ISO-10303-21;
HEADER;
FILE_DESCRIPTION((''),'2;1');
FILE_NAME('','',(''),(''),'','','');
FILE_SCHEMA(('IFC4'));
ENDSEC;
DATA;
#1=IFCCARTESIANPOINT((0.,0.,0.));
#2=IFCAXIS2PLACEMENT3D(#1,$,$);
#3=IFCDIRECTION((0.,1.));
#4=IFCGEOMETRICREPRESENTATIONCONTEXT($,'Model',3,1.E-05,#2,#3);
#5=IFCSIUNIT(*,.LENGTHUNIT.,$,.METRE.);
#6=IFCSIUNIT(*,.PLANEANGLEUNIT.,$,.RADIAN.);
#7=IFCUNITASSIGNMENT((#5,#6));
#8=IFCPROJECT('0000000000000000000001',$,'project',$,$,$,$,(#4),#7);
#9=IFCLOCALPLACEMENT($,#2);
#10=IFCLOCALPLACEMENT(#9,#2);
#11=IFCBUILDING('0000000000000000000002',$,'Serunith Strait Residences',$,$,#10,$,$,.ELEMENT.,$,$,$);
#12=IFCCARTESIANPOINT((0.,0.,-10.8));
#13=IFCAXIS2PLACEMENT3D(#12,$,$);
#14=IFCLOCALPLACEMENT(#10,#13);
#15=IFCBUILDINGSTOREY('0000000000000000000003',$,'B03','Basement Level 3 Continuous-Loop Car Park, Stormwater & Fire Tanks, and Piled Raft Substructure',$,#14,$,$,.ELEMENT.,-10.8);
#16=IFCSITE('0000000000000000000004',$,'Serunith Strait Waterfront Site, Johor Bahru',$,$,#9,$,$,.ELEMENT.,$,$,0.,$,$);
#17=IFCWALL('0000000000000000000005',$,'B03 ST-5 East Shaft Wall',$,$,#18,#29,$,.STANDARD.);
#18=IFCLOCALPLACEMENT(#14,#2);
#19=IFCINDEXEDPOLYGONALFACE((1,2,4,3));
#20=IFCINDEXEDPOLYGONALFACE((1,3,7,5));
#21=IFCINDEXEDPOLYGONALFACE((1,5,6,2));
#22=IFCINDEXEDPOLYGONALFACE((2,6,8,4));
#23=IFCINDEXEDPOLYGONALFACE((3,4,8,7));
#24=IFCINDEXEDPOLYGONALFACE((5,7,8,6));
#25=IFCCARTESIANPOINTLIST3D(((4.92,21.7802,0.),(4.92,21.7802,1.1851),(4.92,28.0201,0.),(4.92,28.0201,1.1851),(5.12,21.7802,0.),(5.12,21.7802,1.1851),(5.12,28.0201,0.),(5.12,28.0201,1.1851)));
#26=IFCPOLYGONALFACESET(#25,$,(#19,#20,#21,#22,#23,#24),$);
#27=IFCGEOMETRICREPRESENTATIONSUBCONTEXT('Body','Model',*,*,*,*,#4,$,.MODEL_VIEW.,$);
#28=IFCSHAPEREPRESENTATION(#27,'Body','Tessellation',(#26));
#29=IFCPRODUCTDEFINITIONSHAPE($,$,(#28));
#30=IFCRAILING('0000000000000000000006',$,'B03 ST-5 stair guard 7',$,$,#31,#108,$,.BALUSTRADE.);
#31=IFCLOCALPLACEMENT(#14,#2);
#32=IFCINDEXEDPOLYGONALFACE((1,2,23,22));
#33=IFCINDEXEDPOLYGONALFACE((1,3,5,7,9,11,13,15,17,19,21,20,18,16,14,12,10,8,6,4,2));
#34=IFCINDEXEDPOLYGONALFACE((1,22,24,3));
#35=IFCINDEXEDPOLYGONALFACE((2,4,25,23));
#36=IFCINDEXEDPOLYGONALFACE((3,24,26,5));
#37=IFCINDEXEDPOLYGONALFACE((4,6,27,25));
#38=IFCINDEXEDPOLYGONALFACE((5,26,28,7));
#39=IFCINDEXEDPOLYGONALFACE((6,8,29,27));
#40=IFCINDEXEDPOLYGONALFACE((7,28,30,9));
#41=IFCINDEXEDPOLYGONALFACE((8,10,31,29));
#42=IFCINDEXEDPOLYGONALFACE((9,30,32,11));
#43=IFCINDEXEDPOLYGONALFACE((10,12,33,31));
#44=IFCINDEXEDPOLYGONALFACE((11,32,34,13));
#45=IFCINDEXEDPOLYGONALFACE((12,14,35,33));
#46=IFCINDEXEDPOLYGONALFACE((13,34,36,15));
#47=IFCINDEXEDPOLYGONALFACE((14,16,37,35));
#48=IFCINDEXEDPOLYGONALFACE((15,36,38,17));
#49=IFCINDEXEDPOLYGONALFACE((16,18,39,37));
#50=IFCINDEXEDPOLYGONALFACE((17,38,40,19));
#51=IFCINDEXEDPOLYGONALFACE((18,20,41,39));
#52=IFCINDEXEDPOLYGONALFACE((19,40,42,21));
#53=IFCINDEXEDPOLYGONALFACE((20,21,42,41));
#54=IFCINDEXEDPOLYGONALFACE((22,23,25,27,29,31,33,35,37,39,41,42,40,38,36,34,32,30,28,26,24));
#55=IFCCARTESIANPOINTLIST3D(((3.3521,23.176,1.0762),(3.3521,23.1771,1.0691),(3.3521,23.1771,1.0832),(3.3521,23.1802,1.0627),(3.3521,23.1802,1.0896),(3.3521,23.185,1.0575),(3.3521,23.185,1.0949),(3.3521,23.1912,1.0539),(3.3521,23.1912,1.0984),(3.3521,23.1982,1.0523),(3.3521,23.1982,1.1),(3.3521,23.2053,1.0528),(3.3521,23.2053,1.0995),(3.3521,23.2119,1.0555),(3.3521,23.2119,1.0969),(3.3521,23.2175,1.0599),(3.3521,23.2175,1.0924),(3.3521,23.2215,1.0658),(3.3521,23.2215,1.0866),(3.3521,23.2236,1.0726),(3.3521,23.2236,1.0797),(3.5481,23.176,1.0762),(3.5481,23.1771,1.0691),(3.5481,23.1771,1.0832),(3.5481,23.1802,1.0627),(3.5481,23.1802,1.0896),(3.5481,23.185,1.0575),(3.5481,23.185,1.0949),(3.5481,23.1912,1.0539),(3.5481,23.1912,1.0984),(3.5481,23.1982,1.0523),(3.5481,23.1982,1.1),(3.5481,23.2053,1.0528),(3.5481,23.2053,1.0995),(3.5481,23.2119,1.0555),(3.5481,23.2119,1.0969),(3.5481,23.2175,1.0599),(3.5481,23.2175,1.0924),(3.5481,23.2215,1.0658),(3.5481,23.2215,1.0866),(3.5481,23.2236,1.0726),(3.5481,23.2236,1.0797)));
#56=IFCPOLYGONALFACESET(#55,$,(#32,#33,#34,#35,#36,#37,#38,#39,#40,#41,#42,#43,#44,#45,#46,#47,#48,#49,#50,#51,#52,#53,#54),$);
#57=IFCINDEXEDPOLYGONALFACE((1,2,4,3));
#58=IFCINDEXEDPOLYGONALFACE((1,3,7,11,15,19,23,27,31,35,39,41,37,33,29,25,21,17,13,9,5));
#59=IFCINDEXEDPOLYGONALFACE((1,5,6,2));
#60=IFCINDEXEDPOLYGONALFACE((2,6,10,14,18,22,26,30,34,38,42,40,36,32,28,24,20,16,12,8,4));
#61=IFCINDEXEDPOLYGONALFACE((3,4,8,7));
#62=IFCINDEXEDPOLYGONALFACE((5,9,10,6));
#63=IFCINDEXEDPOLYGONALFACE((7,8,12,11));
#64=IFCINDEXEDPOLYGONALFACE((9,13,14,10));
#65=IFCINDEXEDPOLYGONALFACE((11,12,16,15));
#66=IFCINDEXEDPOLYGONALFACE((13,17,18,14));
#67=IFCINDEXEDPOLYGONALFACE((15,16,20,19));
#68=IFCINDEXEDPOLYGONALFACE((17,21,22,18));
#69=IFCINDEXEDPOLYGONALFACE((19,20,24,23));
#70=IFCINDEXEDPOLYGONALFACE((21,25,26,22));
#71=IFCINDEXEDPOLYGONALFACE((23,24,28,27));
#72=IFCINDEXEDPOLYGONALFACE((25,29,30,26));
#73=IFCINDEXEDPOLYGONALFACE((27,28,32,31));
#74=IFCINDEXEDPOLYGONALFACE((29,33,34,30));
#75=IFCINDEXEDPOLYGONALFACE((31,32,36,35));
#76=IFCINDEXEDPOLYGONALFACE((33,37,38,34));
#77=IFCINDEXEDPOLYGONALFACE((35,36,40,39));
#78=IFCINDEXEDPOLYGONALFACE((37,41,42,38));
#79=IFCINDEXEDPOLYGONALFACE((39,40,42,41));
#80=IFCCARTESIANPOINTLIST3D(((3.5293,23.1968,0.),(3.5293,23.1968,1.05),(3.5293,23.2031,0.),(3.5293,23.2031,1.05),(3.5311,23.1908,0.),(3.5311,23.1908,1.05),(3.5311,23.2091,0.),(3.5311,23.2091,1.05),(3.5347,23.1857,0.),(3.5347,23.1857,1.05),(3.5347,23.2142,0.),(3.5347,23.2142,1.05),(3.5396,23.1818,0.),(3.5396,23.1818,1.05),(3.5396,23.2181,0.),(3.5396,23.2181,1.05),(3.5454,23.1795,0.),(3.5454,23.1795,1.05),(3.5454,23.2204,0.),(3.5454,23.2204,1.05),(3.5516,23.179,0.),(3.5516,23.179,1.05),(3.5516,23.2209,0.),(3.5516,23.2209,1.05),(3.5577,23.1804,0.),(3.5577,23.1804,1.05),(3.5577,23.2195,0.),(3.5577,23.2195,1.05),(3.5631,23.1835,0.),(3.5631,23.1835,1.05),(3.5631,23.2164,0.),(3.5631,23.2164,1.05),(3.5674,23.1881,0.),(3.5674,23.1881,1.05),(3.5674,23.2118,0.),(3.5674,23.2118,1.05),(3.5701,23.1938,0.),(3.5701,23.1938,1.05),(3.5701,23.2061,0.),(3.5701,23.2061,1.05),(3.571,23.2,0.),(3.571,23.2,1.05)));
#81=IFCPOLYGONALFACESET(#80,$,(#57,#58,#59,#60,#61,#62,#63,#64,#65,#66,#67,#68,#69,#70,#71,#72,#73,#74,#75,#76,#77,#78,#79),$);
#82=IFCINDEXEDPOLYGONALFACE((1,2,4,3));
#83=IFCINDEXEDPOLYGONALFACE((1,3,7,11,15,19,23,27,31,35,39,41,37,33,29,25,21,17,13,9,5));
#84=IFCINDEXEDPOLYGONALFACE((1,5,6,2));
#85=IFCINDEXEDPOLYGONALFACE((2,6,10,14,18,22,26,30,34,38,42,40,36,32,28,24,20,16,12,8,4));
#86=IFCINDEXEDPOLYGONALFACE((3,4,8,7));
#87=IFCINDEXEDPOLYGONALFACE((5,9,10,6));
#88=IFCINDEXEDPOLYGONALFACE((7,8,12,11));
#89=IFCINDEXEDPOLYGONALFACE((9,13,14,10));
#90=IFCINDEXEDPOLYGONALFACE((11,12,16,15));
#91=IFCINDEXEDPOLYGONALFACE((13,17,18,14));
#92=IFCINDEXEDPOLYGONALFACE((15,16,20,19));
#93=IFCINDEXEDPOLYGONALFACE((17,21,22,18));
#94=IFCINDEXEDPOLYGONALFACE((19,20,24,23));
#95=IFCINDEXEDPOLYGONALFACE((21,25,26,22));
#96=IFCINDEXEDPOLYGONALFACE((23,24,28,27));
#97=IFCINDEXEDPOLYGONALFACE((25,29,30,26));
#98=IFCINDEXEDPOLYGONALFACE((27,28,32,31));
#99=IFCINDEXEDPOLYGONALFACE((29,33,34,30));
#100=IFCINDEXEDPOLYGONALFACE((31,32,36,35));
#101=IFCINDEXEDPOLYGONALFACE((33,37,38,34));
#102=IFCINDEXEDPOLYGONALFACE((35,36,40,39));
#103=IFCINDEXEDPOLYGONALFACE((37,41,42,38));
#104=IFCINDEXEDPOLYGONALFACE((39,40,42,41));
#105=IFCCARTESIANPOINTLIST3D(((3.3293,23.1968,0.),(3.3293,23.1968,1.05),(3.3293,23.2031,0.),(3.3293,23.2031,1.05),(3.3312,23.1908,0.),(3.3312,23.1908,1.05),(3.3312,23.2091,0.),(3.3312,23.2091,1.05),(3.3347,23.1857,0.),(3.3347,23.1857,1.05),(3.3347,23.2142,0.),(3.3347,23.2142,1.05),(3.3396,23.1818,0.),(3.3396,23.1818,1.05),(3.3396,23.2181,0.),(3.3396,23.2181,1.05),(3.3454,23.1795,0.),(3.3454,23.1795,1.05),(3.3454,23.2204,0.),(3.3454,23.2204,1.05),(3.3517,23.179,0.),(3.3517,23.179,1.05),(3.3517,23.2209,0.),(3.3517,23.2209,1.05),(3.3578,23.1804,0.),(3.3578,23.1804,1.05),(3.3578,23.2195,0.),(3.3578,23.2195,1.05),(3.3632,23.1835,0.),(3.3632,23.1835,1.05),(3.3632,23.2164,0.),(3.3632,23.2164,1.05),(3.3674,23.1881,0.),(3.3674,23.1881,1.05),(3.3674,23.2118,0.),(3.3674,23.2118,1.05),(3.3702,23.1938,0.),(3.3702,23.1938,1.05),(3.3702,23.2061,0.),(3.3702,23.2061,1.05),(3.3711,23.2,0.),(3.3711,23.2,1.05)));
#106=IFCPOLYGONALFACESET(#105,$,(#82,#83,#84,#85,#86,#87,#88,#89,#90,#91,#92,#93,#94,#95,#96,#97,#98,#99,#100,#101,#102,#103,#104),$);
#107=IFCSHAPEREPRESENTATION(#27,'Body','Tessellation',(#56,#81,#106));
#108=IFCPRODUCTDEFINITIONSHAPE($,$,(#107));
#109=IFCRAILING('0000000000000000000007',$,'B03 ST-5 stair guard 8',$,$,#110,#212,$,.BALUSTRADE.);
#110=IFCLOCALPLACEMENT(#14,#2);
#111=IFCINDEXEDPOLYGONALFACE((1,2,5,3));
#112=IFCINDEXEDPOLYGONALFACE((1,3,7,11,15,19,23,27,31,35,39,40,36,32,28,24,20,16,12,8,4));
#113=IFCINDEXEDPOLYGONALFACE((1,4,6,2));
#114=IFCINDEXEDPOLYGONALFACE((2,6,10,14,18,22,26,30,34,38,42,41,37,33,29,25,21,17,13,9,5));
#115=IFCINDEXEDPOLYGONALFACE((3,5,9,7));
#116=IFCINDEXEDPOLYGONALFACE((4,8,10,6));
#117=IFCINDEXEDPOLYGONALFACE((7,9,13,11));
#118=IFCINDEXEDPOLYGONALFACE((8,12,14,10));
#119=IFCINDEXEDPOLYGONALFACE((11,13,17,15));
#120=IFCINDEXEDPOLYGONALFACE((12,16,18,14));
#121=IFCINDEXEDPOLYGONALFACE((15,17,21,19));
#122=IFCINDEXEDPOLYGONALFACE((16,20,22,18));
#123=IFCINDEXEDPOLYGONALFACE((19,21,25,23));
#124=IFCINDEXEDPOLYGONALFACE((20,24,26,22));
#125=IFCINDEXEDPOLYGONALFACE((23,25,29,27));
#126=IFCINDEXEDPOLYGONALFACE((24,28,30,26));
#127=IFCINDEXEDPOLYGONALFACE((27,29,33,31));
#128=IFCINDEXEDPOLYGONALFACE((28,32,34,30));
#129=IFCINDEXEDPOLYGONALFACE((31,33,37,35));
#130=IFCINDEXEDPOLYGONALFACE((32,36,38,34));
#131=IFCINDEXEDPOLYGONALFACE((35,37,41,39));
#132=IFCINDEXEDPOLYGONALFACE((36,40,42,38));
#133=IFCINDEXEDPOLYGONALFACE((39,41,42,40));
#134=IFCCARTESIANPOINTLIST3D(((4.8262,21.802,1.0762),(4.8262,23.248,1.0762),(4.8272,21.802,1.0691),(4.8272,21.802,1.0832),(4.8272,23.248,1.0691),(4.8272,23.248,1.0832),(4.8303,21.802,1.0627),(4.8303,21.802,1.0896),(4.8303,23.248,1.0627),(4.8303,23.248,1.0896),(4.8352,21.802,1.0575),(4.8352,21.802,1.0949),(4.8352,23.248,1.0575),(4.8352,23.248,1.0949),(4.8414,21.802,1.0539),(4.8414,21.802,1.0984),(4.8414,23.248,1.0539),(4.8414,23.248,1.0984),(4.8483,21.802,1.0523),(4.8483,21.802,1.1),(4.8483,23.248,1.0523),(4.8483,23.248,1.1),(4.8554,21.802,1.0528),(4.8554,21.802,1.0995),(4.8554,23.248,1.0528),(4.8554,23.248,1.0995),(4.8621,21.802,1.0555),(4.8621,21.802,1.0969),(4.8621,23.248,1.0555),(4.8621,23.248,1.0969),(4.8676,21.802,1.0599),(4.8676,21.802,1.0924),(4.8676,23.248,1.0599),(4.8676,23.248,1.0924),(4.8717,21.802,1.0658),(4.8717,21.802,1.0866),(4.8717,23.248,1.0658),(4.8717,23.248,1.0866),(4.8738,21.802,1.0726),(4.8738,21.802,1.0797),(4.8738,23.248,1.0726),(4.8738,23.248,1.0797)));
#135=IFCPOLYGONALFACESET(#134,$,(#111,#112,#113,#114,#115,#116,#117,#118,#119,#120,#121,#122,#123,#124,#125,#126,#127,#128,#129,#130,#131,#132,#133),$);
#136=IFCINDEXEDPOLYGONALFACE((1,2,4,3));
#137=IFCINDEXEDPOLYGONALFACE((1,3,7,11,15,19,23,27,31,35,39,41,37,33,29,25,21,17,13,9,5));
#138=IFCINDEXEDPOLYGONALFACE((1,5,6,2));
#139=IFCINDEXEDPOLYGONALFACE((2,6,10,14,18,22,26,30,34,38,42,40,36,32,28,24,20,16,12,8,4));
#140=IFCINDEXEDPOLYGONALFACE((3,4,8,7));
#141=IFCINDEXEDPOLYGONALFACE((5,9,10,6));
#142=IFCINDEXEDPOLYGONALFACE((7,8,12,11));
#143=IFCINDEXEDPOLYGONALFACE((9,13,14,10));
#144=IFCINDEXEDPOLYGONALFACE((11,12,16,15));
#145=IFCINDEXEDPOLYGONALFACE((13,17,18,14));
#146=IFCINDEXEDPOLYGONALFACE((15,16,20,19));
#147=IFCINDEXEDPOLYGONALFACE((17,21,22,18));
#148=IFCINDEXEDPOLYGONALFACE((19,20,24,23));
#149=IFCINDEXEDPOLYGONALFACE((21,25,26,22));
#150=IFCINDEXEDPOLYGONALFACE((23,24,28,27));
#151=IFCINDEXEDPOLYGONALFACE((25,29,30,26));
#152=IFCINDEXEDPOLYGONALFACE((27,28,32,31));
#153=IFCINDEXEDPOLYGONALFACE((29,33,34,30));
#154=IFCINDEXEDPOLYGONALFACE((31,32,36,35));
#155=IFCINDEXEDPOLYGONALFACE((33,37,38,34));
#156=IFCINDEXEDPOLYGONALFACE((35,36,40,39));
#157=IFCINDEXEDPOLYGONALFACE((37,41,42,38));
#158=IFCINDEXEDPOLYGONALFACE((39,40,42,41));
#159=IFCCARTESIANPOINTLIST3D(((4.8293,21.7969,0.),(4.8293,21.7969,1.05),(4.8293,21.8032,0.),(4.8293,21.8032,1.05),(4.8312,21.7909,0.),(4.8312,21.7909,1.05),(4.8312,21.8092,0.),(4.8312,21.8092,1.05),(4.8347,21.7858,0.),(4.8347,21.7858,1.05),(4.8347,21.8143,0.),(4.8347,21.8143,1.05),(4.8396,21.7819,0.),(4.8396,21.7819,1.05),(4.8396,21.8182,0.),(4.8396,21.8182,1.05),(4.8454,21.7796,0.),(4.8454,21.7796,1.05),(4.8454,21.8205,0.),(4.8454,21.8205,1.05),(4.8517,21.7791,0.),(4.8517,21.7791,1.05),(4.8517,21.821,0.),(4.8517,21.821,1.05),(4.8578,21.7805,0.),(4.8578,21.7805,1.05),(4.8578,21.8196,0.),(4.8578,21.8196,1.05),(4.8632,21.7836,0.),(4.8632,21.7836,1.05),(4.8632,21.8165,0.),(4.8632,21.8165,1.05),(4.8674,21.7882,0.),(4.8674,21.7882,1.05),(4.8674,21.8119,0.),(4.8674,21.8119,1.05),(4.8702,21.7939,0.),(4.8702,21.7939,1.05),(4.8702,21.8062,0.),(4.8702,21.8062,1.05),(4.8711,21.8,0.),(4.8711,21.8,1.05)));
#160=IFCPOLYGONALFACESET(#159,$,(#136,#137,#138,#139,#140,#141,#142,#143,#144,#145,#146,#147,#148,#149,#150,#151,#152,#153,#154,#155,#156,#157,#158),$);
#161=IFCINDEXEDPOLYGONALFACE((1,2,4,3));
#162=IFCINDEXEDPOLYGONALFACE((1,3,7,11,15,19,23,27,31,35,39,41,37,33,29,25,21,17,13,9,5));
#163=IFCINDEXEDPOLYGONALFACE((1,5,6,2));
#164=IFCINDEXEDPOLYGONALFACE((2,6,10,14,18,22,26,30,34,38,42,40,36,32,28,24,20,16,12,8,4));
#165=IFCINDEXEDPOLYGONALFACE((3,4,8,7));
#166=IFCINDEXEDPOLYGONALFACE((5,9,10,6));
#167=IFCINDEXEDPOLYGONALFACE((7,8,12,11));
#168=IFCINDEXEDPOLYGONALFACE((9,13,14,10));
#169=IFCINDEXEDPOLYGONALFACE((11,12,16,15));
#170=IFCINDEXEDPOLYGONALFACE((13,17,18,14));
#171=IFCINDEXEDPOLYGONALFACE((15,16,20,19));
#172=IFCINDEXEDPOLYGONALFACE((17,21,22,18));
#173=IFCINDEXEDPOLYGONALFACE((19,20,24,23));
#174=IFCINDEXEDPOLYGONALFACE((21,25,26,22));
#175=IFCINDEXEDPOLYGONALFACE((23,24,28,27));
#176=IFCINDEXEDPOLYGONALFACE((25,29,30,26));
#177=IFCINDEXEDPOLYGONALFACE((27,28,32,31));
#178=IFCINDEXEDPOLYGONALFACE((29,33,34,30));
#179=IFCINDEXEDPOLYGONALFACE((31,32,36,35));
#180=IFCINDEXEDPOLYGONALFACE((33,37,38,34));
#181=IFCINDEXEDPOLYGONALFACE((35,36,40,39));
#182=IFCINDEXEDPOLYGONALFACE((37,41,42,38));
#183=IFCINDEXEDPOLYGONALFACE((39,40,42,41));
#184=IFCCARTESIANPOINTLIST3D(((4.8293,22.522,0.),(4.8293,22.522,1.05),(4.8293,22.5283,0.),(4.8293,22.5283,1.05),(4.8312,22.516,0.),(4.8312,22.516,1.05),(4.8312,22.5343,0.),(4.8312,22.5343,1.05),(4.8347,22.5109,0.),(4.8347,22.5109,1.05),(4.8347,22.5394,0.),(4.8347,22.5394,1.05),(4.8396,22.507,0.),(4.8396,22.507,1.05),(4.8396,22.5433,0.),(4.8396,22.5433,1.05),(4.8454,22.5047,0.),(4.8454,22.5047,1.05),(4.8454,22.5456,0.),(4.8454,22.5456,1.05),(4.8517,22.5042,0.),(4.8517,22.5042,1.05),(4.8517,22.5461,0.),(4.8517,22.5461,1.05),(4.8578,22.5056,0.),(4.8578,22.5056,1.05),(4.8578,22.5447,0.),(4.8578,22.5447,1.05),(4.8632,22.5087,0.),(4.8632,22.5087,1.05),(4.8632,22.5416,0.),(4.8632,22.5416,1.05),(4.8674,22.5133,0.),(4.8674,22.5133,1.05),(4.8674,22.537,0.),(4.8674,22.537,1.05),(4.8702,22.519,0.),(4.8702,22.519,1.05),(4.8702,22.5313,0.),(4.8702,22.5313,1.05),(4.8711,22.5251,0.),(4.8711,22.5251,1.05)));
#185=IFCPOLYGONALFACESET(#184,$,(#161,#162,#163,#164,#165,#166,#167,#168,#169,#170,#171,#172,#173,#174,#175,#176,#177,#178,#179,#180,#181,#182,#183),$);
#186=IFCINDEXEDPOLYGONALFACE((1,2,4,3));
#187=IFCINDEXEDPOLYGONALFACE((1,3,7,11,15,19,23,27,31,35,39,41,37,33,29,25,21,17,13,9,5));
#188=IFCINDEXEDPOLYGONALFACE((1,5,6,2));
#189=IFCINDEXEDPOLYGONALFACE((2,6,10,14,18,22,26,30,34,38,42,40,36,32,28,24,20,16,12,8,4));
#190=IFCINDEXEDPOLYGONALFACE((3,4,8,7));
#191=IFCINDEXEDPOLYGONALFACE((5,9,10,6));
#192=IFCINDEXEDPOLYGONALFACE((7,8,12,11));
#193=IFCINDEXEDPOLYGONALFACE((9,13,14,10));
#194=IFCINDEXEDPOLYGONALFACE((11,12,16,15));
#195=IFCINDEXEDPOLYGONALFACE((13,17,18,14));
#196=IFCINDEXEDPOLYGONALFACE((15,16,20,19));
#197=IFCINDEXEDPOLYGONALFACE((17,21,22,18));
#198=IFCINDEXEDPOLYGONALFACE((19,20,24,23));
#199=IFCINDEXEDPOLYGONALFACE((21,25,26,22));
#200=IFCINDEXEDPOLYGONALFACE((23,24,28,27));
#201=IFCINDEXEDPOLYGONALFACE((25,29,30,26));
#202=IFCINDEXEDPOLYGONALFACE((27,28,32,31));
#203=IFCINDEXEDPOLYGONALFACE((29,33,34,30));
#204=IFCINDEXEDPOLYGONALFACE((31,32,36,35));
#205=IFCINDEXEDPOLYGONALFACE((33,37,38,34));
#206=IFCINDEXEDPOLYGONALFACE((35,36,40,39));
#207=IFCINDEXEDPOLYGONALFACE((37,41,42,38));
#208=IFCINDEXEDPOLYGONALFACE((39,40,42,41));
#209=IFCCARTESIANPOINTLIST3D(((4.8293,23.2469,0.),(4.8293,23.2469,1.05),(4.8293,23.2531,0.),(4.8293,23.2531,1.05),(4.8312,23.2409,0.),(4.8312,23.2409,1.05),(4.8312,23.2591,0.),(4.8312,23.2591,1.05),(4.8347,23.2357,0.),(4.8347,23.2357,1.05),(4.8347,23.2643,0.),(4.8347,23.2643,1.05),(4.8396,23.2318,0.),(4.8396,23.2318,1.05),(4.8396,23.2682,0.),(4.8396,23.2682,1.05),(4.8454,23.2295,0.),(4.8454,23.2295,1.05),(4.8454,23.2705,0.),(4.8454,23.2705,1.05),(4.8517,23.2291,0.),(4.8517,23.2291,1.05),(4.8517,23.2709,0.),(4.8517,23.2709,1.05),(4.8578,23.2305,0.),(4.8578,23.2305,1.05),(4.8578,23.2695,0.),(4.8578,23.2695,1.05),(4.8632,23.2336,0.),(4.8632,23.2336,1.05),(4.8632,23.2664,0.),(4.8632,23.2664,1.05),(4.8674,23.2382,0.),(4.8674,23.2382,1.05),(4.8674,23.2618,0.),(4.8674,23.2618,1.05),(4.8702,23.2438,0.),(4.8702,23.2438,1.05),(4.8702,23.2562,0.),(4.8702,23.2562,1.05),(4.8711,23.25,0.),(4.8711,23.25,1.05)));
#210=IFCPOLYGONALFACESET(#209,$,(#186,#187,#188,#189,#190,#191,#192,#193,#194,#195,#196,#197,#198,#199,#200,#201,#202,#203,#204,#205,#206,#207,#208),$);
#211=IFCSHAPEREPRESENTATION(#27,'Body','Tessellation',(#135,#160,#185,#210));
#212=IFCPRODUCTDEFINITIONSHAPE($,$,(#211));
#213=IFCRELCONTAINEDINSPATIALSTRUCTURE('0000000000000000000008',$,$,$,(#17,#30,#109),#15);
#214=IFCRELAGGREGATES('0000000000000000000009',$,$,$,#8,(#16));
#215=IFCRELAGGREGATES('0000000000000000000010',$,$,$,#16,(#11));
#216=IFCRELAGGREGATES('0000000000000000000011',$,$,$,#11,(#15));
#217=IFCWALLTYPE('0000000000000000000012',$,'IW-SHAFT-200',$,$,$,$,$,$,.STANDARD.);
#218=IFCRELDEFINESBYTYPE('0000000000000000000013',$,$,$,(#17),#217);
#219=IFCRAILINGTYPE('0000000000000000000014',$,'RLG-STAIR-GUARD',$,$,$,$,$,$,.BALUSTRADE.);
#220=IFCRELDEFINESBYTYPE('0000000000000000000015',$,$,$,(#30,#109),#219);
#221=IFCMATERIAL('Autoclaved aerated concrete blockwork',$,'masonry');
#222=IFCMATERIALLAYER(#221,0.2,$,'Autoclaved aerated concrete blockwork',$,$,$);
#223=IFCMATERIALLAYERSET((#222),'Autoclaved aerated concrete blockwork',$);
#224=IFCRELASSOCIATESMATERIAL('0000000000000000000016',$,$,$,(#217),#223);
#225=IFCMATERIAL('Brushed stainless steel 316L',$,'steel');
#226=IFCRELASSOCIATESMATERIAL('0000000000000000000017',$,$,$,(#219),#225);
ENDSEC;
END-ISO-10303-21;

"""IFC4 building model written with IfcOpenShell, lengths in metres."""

from ifc_helpers import new_model, si_unit, direction, frame, frame_2d, origin, origin_2d, place, context, subcontext, project, spatial, rectangle, circle, extrude, material, layer, layer_set, type_object, element, save


model = new_model("IFC4")

# Units and contexts
model_context = context("Model", 3, precision=1e-05, world=origin(), true_north=direction((0.0, 1.0)))
body_context = subcontext(model_context, "Body", "Model", "MODEL_VIEW")
ifc_project = project(units=[si_unit("LENGTHUNIT", "METRE"), si_unit("PLANEANGLEUNIT", "RADIAN")], contexts=[model_context])

# Site, building, storey
site_placement = place(None, origin())
site = spatial("IfcSite", under=ifc_project, at=site_placement, Name="Serunith Strait Waterfront Site, Johor Bahru", CompositionType="ELEMENT", RefElevation=0.0)
building_placement = place(site_placement, origin())
building = spatial("IfcBuilding", under=site, at=building_placement, Name="Serunith Strait Residences", CompositionType="ELEMENT")
storey_placement = place(building_placement, frame((0.0, 0.0, -10.8)))
storey = spatial("IfcBuildingStorey", under=building, at=storey_placement, Name="B03", Description="Basement Level 3 Continuous-Loop Car Park, Stormwater & Fire Tanks, and Piled Raft Substructure", CompositionType="ELEMENT", Elevation=-10.8)

# Shared definitions
ifc_material_1 = material(Name="Autoclaved aerated concrete blockwork", Category="masonry")
ifc_layer = layer(ifc_material_1, 0.2, Name="Autoclaved aerated concrete blockwork")
ifc_layer_set = layer_set([ifc_layer], Name="Autoclaved aerated concrete blockwork")
wall_type = type_object("IfcWallType", Name="IW-SHAFT-200", PredefinedType="STANDARD", material=ifc_layer_set)

# Wall
wall_1_placement = place(storey_placement, frame((5.02, 21.78, 0.0), z_axis=(0.0, 0.0, 1.0), x_axis=(0.0, 1.0, 0.0)))
element("IfcWall", 1, at=wall_1_placement, inside=storey, type_object=wall_type, Name="B03 ST-5 East Shaft Wall", PredefinedType="STANDARD", context=body_context, shape_type="SweptSolid", body=[
    extrude(rectangle(XDim=6.24, YDim=0.2, at=frame_2d((3.1201, 0.0))), origin(), (0.0, 0.0, 1.0), 1.1851),
])

# Railings
ifc_material_2 = material(Name="Brushed stainless steel 316L", Category="steel")
railing_type = type_object("IfcRailingType", Name="RLG-STAIR-GUARD", PredefinedType="BALUSTRADE", material=ifc_material_2)
railing_placement = place(storey_placement, frame((3.55, 23.2, 0.0)))
element("IfcRailing", 2, at=railing_placement, inside=storey, type_object=railing_type, Name="B03 ST-5 stair guard 7", PredefinedType="BALUSTRADE", context=body_context, shape_type="SweptSolid", body=[
    extrude(circle(Radius=0.0239, at=origin_2d()), frame((-0.002, 0.0, 1.0762), z_axis=(-1.0, 0.0, 0.0), x_axis=(0.0, -1.0, 0.0)), (0.0, 0.0, 1.0), 0.196),
    extrude(circle(Radius=0.021, at=origin_2d()), origin(), (0.0, 0.0, 1.0), 1.05),
    extrude(circle(Radius=0.021, at=origin_2d()), frame((-0.2, 0.0, 0.0)), (0.0, 0.0, 1.0), 1.05),
])
for number, where, name in (
    (3, (4.8501, 21.8, 0.0), "B03 ST-5 stair guard 8"),
):
    element("IfcRailing", number, at=place(storey_placement, frame(where)), inside=storey, type_object=railing_type, Name=name, PredefinedType="BALUSTRADE", context=body_context, shape_type="SweptSolid", body=[
        extrude(circle(Radius=0.0239, at=origin_2d()), frame((0.0, 0.002, 1.0762), z_axis=(0.0, 1.0, 0.0), x_axis=(-1.0, 0.0, 0.0)), (0.0, 0.0, 1.0), 1.446),
        extrude(circle(Radius=0.021, at=origin_2d()), origin(), (0.0, 0.0, 1.0), 1.05),
        extrude(circle(Radius=0.021, at=origin_2d()), frame((0.0, 0.7251, 0.0)), (0.0, 0.0, 1.0), 1.05),
        extrude(circle(Radius=0.021, at=origin_2d()), frame((0.0, 1.45, 0.0)), (0.0, 0.0, 1.0), 1.05),
    ])

save(model, "model.ifc")
